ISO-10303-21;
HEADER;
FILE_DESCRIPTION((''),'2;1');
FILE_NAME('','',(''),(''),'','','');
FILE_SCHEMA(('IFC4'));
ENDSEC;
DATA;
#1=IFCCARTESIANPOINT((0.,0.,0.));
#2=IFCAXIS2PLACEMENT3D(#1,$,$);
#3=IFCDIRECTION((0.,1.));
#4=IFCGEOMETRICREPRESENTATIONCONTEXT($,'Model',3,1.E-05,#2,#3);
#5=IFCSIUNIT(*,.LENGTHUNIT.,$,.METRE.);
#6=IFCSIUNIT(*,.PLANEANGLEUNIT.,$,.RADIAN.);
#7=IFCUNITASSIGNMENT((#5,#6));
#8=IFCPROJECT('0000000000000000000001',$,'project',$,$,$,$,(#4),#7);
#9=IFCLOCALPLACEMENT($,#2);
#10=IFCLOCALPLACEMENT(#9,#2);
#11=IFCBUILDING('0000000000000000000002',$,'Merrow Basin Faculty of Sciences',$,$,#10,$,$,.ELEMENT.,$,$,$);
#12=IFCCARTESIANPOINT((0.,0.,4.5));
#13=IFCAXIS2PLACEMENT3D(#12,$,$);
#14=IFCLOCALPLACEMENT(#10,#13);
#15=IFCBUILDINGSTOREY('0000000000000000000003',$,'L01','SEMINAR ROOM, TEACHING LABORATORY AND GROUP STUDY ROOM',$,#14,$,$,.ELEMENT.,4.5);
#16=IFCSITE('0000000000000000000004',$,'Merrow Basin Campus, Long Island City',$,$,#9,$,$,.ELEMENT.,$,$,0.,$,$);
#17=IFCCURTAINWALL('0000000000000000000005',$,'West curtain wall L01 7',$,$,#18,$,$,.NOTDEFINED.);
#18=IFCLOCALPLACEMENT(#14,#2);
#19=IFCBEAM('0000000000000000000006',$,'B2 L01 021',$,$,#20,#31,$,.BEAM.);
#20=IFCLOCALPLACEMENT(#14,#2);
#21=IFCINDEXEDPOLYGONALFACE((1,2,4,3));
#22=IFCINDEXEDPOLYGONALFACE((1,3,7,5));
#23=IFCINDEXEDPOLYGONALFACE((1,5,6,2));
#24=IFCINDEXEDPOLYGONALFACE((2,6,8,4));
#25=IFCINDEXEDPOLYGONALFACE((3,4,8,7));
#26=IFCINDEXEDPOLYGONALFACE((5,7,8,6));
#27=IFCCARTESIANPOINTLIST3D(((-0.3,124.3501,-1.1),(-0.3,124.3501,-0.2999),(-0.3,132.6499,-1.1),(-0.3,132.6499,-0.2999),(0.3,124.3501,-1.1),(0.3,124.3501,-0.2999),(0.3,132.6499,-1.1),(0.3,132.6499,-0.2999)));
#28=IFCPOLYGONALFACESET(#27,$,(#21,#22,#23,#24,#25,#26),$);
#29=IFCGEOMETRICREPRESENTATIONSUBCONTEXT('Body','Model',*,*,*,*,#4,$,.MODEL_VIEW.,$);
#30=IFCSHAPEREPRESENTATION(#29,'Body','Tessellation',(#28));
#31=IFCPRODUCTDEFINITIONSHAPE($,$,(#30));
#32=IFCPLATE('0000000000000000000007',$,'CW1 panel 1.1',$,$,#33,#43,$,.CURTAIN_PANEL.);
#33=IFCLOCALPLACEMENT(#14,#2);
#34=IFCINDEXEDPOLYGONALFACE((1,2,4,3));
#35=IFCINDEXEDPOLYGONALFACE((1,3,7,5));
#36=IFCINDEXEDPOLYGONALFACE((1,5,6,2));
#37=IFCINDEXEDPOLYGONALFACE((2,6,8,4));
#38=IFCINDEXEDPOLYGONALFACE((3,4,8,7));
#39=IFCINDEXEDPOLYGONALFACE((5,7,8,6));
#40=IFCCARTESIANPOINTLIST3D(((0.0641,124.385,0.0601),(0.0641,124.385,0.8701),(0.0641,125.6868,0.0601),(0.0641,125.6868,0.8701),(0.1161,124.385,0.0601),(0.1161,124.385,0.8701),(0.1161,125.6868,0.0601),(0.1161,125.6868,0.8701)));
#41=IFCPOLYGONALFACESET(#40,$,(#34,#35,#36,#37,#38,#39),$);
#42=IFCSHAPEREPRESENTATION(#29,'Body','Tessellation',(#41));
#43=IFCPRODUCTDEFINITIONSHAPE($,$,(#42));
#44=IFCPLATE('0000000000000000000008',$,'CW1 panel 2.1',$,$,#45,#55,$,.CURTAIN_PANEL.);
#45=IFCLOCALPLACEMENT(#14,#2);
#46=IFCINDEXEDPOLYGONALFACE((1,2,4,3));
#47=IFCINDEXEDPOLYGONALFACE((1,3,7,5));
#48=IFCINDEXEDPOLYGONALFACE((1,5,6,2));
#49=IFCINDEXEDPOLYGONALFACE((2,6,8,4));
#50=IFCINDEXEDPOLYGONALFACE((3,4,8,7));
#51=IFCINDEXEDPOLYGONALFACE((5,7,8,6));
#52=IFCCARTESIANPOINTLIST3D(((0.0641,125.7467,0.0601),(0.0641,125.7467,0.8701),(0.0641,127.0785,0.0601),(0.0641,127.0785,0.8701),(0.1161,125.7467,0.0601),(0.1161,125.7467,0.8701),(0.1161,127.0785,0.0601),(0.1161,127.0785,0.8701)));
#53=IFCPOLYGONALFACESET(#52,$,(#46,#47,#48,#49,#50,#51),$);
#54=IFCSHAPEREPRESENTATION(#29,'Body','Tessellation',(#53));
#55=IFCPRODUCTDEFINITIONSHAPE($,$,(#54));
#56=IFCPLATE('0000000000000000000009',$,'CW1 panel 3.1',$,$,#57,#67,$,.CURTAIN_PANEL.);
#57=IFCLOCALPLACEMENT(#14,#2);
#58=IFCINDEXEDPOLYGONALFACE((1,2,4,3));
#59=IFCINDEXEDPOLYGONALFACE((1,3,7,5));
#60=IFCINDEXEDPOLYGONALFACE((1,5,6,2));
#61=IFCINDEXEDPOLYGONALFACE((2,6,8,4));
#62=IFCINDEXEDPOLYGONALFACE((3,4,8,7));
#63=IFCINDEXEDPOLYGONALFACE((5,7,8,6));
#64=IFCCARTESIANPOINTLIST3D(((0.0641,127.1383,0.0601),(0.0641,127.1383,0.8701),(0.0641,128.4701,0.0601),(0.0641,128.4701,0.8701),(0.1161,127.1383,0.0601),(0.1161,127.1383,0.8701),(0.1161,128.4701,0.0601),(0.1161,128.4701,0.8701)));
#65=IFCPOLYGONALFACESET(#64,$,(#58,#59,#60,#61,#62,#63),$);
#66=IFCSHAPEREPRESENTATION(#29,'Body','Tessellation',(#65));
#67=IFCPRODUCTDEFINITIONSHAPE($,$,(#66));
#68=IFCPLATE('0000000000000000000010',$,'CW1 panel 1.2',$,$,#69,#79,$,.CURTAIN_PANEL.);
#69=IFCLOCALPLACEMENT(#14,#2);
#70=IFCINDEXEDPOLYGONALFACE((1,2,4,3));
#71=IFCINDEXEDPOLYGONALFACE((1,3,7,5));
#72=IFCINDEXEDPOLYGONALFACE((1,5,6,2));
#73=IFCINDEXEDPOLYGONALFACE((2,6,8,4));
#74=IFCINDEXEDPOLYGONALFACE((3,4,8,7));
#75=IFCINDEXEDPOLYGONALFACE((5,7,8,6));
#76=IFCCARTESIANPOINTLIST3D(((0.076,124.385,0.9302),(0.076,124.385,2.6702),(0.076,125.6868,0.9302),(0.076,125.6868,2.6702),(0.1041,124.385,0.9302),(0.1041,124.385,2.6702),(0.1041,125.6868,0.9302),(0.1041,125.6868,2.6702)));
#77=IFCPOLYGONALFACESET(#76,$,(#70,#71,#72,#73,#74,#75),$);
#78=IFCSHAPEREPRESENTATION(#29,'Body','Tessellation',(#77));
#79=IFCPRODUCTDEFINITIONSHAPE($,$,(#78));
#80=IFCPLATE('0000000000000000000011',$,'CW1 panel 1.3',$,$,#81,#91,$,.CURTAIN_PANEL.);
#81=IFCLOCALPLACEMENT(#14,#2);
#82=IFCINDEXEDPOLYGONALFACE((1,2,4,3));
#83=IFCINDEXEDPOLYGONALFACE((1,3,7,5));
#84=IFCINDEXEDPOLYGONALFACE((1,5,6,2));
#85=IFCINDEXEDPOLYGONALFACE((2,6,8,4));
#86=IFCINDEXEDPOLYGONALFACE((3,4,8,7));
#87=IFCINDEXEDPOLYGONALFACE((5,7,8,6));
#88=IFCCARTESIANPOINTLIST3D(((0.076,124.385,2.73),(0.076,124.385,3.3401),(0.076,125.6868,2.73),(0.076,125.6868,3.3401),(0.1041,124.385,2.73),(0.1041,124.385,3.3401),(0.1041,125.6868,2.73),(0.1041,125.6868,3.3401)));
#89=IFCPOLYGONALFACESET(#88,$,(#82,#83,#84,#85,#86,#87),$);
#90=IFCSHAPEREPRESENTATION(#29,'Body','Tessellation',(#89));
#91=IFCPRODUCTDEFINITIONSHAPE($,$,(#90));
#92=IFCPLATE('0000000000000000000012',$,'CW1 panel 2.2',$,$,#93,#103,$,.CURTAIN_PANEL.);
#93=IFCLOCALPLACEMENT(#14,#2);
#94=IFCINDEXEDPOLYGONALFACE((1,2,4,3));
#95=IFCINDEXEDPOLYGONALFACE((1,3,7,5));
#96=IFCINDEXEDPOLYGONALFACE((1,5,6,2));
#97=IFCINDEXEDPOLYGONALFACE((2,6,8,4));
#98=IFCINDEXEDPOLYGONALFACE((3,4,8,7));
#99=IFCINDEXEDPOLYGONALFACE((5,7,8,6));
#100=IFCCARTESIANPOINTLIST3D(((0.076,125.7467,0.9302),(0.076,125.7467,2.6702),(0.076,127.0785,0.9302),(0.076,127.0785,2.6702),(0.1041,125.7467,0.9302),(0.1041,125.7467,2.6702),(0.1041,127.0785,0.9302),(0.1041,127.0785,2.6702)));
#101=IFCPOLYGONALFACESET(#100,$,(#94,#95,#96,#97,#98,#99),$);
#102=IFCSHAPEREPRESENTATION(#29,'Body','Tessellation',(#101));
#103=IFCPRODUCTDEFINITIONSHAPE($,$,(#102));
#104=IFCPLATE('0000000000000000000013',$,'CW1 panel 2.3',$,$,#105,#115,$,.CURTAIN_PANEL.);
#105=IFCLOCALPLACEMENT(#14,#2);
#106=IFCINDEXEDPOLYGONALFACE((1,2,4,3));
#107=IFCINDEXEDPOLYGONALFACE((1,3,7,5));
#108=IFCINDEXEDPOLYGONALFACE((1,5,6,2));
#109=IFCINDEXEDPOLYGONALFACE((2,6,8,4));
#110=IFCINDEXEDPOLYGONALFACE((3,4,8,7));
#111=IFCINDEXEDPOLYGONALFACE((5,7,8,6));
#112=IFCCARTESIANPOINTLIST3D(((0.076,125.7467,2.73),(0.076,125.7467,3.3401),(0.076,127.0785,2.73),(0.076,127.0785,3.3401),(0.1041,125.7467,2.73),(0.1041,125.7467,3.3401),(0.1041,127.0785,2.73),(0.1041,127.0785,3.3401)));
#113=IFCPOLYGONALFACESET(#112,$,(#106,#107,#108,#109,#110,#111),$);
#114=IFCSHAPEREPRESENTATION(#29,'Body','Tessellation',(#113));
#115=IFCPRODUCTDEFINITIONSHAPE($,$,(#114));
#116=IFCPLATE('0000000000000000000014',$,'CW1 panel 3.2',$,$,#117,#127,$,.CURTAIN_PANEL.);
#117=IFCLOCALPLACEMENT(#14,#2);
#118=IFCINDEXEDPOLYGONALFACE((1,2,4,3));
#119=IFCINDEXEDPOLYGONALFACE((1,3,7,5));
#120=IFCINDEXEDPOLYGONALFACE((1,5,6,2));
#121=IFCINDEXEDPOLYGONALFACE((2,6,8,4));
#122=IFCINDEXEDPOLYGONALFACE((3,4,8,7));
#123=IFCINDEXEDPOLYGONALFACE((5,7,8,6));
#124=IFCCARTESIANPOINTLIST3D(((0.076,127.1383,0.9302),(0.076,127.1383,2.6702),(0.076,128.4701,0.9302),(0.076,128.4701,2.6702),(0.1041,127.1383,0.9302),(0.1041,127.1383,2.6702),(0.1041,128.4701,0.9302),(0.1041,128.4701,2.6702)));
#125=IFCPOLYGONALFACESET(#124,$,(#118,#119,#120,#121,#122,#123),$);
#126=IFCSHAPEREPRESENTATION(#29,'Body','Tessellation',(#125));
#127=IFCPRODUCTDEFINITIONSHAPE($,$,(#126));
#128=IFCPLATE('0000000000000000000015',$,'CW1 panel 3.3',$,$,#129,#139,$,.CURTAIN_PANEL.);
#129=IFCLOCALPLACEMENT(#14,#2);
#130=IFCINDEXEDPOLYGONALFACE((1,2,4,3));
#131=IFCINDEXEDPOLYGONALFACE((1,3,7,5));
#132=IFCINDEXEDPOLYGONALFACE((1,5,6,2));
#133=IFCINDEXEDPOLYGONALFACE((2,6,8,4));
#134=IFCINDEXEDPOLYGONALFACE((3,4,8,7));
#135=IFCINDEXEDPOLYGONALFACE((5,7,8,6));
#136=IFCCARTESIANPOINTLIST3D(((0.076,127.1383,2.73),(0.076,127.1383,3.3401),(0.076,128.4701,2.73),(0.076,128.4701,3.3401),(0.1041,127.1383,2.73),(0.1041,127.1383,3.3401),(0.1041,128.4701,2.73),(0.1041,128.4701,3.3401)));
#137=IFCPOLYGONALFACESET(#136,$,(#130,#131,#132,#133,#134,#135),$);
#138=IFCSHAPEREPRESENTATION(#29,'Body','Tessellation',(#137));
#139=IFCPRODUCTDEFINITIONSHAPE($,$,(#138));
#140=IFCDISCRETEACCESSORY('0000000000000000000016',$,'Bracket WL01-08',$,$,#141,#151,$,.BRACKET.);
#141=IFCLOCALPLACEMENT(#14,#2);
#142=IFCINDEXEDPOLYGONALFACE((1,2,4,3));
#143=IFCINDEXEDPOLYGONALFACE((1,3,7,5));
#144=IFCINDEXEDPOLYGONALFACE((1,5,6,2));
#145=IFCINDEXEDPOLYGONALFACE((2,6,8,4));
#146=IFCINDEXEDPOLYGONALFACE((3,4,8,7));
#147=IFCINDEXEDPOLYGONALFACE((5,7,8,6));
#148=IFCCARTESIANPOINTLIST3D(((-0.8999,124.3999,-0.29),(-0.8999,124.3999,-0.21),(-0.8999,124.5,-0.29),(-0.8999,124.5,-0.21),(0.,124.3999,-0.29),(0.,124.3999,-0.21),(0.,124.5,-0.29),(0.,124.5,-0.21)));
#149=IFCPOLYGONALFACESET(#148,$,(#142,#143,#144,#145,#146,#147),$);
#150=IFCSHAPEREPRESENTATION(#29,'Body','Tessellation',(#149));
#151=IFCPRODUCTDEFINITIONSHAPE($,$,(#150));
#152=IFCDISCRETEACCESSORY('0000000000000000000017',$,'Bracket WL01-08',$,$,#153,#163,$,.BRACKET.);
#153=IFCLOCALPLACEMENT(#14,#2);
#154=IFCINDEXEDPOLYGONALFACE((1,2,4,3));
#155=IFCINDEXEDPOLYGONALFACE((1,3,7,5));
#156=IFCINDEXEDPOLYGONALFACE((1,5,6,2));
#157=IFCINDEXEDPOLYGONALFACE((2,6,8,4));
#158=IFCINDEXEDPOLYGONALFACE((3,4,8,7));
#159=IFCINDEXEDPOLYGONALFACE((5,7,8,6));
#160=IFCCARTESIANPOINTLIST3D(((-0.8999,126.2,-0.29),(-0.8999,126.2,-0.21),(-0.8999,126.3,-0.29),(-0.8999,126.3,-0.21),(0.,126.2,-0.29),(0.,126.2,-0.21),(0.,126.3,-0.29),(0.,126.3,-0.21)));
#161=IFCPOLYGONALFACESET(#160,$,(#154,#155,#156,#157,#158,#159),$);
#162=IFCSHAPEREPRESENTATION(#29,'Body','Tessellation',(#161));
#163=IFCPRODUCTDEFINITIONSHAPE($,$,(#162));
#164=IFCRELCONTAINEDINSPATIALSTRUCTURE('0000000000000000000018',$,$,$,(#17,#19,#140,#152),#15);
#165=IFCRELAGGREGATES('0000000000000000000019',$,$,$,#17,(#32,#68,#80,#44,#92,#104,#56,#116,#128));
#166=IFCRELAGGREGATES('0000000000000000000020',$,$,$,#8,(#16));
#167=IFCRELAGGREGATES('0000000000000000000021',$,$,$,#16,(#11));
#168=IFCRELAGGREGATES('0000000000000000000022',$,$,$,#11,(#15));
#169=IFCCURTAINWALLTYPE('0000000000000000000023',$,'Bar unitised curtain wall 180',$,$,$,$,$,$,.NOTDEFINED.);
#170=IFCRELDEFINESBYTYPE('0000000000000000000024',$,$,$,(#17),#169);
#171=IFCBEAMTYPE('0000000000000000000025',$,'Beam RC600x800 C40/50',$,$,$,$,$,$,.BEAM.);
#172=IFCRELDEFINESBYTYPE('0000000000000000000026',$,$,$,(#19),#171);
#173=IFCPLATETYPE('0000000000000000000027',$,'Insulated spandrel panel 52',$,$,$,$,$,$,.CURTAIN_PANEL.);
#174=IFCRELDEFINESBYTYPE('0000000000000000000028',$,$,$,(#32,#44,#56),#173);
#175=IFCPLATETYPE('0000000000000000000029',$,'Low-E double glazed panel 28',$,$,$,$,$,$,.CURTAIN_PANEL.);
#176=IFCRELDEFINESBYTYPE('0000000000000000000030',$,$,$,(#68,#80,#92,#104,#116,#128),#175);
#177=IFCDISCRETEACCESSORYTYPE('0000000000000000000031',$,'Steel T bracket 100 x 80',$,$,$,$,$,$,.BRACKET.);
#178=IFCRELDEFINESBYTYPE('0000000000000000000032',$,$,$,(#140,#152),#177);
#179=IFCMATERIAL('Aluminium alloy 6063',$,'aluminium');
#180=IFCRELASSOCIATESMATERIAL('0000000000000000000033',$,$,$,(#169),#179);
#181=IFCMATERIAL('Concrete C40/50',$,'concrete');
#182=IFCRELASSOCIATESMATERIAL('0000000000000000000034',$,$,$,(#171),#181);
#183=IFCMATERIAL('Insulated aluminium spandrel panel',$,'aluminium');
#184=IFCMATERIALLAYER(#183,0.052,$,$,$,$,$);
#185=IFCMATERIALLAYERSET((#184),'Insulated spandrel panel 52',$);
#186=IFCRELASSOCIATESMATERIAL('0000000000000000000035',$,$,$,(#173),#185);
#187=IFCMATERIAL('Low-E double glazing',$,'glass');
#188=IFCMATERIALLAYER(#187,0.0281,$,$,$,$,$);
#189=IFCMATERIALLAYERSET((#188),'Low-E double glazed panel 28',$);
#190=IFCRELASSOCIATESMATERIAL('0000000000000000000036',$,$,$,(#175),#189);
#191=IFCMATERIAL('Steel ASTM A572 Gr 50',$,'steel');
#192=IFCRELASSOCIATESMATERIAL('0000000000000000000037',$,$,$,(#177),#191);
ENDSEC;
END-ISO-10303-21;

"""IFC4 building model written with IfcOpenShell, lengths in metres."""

from ifc_helpers import new_model, si_unit, direction, frame, origin, origin_2d, place, context, subcontext, project, spatial, polyline, rectangle, outline, extrude, source, transform, mapped, material, layer, layer_set, material_profile, profile_set, type_object, element, aggregate, save


model = new_model("IFC4")

# Units and contexts
model_context = context("Model", 3, precision=1e-05, world=origin(), true_north=direction((0.0, 1.0)))
body_context = subcontext(model_context, "Body", "Model", "MODEL_VIEW")
ifc_project = project(units=[si_unit("LENGTHUNIT", "METRE"), si_unit("PLANEANGLEUNIT", "RADIAN")], contexts=[model_context])

# Site, building, storey
site_placement = place(None, origin())
site = spatial("IfcSite", under=ifc_project, at=site_placement, Name="Merrow Basin Campus, Long Island City", CompositionType="ELEMENT", RefElevation=0.0)
building_placement = place(site_placement, origin())
building = spatial("IfcBuilding", under=site, at=building_placement, Name="Merrow Basin Faculty of Sciences", CompositionType="ELEMENT")
storey_placement = place(building_placement, frame((0.0, 0.0, 4.5)))
storey = spatial("IfcBuildingStorey", under=building, at=storey_placement, Name="L01", Description="SEMINAR ROOM, TEACHING LABORATORY AND GROUP STUDY ROOM", CompositionType="ELEMENT", Elevation=4.5)

# Curtain wall
ifc_material_1 = material(Name="Aluminium alloy 6063", Category="aluminium")
curtain_wall_type = type_object("IfcCurtainWallType", Name="Bar unitised curtain wall 180", PredefinedType="NOTDEFINED", material=ifc_material_1)
curtain_wall_placement = place(storey_placement, origin())
curtain_wall = element("IfcCurtainWall", 1, at=curtain_wall_placement, inside=storey, type_object=curtain_wall_type, Name="West curtain wall L01 7", PredefinedType="NOTDEFINED")

# Beam
ifc_material_2 = material(Name="Concrete C40/50", Category="concrete")
ifc_material_profile_1 = material_profile(ifc_material_2, rectangle(XDim=0.6001, YDim=0.8, at=origin_2d()))
ifc_profile_set_1 = profile_set([ifc_material_profile_1], Name="Concrete C40/50")
beam_type = type_object("IfcBeamType", Name="Beam RC600x800 C40/50", PredefinedType="BEAM", material=ifc_profile_set_1)
beam_placement = place(storey_placement, frame((0.0, 124.3501, -0.7), z_axis=(0.0, 1.0, 0.0), x_axis=(-1.0, 0.0, 0.0)))
element("IfcBeam", 2, at=beam_placement, inside=storey, type_object=beam_type, Name="B2 L01 021", PredefinedType="BEAM", context=body_context, shape_type="SweptSolid", body=[
    extrude(rectangle(XDim=0.6001, YDim=0.8, at=origin_2d()), origin(), (0.0, 0.0, 1.0), 8.2998),
])

# Plates
ifc_material_3 = material(Name="Insulated aluminium spandrel panel", Category="aluminium")
ifc_layer_1 = layer(ifc_material_3, 0.052)
ifc_layer_set_1 = layer_set([ifc_layer_1], Name="Insulated spandrel panel 52")
plate_type_1 = type_object("IfcPlateType", Name="Insulated spandrel panel 52", PredefinedType="CURTAIN_PANEL", material=ifc_layer_set_1)
plate_1_placement = place(storey_placement, frame((0.0901, 125.0359, 0.0601), z_axis=(0.0, 0.0, 1.0), x_axis=(0.0, 1.0, 0.0)))
plate_1 = element("IfcPlate", 3, at=plate_1_placement, type_object=plate_type_1, Name="CW1 panel 1.1", PredefinedType="CURTAIN_PANEL", context=body_context, shape_type="SweptSolid", body=[
    extrude(rectangle(XDim=1.3018, YDim=0.052, at=origin_2d()), origin(), (0.0, 0.0, 1.0), 0.8101),
])
plate_2_placement = place(storey_placement, frame((0.0901, 126.4126, 0.0601), z_axis=(0.0, 0.0, 1.0), x_axis=(0.0, 1.0, 0.0)))
plate_2 = element("IfcPlate", 4, at=plate_2_placement, type_object=plate_type_1, Name="CW1 panel 2.1", PredefinedType="CURTAIN_PANEL", context=body_context, shape_type="SweptSolid", body=[
    extrude(rectangle(XDim=1.3318, YDim=0.052, at=origin_2d()), origin(), (0.0, 0.0, 1.0), 0.8101),
])
plate_3_placement = place(storey_placement, frame((0.0901, 127.8042, 0.0601), z_axis=(0.0, 0.0, 1.0), x_axis=(0.0, 1.0, 0.0)))
plate_3 = element("IfcPlate", 5, at=plate_3_placement, type_object=plate_type_1, Name="CW1 panel 3.1", PredefinedType="CURTAIN_PANEL", context=body_context, shape_type="SweptSolid", body=[
    extrude(rectangle(XDim=1.3318, YDim=0.052, at=origin_2d()), origin(), (0.0, 0.0, 1.0), 0.8101),
])
ifc_material_4 = material(Name="Low-E double glazing", Category="glass")
ifc_layer_2 = layer(ifc_material_4, 0.0281)
ifc_layer_set_2 = layer_set([ifc_layer_2], Name="Low-E double glazed panel 28")
plate_type_2 = type_object("IfcPlateType", Name="Low-E double glazed panel 28", PredefinedType="CURTAIN_PANEL", material=ifc_layer_set_2)
plate_4_placement = place(storey_placement, frame((0.0901, 125.0359, 0.9302), z_axis=(0.0, 0.0, 1.0), x_axis=(0.0, 1.0, 0.0)))
plate_4 = element("IfcPlate", 6, at=plate_4_placement, type_object=plate_type_2, Name="CW1 panel 1.2", PredefinedType="CURTAIN_PANEL", context=body_context, shape_type="SweptSolid", body=[
    extrude(rectangle(XDim=1.3018, YDim=0.0281, at=origin_2d()), origin(), (0.0, 0.0, 1.0), 1.74),
])
plate_5_placement = place(storey_placement, frame((0.0901, 125.0359, 2.73), z_axis=(0.0, 0.0, 1.0), x_axis=(0.0, 1.0, 0.0)))
plate_5 = element("IfcPlate", 7, at=plate_5_placement, type_object=plate_type_2, Name="CW1 panel 1.3", PredefinedType="CURTAIN_PANEL", context=body_context, shape_type="SweptSolid", body=[
    extrude(rectangle(XDim=1.3018, YDim=0.0281, at=origin_2d()), origin(), (0.0, 0.0, 1.0), 0.6101),
])
plate_6_placement = place(storey_placement, frame((0.0901, 126.4126, 0.9302), z_axis=(0.0, 0.0, 1.0), x_axis=(0.0, 1.0, 0.0)))
plate_6 = element("IfcPlate", 8, at=plate_6_placement, type_object=plate_type_2, Name="CW1 panel 2.2", PredefinedType="CURTAIN_PANEL", context=body_context, shape_type="SweptSolid", body=[
    extrude(rectangle(XDim=1.3318, YDim=0.0281, at=origin_2d()), origin(), (0.0, 0.0, 1.0), 1.74),
])
plate_7_placement = place(storey_placement, frame((0.0901, 126.4126, 2.73), z_axis=(0.0, 0.0, 1.0), x_axis=(0.0, 1.0, 0.0)))
plate_7 = element("IfcPlate", 9, at=plate_7_placement, type_object=plate_type_2, Name="CW1 panel 2.3", PredefinedType="CURTAIN_PANEL", context=body_context, shape_type="SweptSolid", body=[
    extrude(rectangle(XDim=1.3318, YDim=0.0281, at=origin_2d()), origin(), (0.0, 0.0, 1.0), 0.6101),
])
plate_8_placement = place(storey_placement, frame((0.0901, 127.8042, 0.9302), z_axis=(0.0, 0.0, 1.0), x_axis=(0.0, 1.0, 0.0)))
plate_8 = element("IfcPlate", 10, at=plate_8_placement, type_object=plate_type_2, Name="CW1 panel 3.2", PredefinedType="CURTAIN_PANEL", context=body_context, shape_type="SweptSolid", body=[
    extrude(rectangle(XDim=1.3318, YDim=0.0281, at=origin_2d()), origin(), (0.0, 0.0, 1.0), 1.74),
])
plate_9_placement = place(storey_placement, frame((0.0901, 127.8042, 2.73), z_axis=(0.0, 0.0, 1.0), x_axis=(0.0, 1.0, 0.0)))
plate_9 = element("IfcPlate", 11, at=plate_9_placement, type_object=plate_type_2, Name="CW1 panel 3.3", PredefinedType="CURTAIN_PANEL", context=body_context, shape_type="SweptSolid", body=[
    extrude(rectangle(XDim=1.3318, YDim=0.0281, at=origin_2d()), origin(), (0.0, 0.0, 1.0), 0.6101),
])
aggregate(curtain_wall, [plate_1, plate_4, plate_5, plate_2, plate_6, plate_7, plate_3, plate_8, plate_9])

# Discrete accessories
ifc_material_5 = material(Name="Steel ASTM A572 Gr 50", Category="steel")
discrete_accessory_type = type_object("IfcDiscreteAccessoryType", Name="Steel T bracket 100 x 80", PredefinedType="BRACKET", material=ifc_material_5)
shared_shape = source(origin(), body_context, "Body", "SweptSolid", [
    extrude(outline(polyline([(0.0, 0.0), (0.1001, 0.0), (0.1001, 0.0801), (0.0, 0.0801), (0.0, 0.0)])), origin(), (0.0, 0.0, 1.0), 0.8999),
])
for number, where, z_axis, x_axis, name in (
    (12, (-0.8999, 124.3999, -0.29), (1.0, 0.0, 0.0), (0.0, 1.0, 0.0), "Bracket WL01-08"),
    (13, (-0.8999, 126.2, -0.29), (1.0, 0.0, 0.0), (0.0, 1.0, 0.0), "Bracket WL01-08"),
):
    element("IfcDiscreteAccessory", number, at=place(storey_placement, frame(where, z_axis=z_axis, x_axis=x_axis)), inside=storey, type_object=discrete_accessory_type, Name=name, PredefinedType="BRACKET", context=body_context, shape_type="MappedRepresentation", body=[
        mapped(shared_shape, transform((0.0, 0.0, 0.0), scale=1.0)),
    ])

save(model, "model.ifc")
